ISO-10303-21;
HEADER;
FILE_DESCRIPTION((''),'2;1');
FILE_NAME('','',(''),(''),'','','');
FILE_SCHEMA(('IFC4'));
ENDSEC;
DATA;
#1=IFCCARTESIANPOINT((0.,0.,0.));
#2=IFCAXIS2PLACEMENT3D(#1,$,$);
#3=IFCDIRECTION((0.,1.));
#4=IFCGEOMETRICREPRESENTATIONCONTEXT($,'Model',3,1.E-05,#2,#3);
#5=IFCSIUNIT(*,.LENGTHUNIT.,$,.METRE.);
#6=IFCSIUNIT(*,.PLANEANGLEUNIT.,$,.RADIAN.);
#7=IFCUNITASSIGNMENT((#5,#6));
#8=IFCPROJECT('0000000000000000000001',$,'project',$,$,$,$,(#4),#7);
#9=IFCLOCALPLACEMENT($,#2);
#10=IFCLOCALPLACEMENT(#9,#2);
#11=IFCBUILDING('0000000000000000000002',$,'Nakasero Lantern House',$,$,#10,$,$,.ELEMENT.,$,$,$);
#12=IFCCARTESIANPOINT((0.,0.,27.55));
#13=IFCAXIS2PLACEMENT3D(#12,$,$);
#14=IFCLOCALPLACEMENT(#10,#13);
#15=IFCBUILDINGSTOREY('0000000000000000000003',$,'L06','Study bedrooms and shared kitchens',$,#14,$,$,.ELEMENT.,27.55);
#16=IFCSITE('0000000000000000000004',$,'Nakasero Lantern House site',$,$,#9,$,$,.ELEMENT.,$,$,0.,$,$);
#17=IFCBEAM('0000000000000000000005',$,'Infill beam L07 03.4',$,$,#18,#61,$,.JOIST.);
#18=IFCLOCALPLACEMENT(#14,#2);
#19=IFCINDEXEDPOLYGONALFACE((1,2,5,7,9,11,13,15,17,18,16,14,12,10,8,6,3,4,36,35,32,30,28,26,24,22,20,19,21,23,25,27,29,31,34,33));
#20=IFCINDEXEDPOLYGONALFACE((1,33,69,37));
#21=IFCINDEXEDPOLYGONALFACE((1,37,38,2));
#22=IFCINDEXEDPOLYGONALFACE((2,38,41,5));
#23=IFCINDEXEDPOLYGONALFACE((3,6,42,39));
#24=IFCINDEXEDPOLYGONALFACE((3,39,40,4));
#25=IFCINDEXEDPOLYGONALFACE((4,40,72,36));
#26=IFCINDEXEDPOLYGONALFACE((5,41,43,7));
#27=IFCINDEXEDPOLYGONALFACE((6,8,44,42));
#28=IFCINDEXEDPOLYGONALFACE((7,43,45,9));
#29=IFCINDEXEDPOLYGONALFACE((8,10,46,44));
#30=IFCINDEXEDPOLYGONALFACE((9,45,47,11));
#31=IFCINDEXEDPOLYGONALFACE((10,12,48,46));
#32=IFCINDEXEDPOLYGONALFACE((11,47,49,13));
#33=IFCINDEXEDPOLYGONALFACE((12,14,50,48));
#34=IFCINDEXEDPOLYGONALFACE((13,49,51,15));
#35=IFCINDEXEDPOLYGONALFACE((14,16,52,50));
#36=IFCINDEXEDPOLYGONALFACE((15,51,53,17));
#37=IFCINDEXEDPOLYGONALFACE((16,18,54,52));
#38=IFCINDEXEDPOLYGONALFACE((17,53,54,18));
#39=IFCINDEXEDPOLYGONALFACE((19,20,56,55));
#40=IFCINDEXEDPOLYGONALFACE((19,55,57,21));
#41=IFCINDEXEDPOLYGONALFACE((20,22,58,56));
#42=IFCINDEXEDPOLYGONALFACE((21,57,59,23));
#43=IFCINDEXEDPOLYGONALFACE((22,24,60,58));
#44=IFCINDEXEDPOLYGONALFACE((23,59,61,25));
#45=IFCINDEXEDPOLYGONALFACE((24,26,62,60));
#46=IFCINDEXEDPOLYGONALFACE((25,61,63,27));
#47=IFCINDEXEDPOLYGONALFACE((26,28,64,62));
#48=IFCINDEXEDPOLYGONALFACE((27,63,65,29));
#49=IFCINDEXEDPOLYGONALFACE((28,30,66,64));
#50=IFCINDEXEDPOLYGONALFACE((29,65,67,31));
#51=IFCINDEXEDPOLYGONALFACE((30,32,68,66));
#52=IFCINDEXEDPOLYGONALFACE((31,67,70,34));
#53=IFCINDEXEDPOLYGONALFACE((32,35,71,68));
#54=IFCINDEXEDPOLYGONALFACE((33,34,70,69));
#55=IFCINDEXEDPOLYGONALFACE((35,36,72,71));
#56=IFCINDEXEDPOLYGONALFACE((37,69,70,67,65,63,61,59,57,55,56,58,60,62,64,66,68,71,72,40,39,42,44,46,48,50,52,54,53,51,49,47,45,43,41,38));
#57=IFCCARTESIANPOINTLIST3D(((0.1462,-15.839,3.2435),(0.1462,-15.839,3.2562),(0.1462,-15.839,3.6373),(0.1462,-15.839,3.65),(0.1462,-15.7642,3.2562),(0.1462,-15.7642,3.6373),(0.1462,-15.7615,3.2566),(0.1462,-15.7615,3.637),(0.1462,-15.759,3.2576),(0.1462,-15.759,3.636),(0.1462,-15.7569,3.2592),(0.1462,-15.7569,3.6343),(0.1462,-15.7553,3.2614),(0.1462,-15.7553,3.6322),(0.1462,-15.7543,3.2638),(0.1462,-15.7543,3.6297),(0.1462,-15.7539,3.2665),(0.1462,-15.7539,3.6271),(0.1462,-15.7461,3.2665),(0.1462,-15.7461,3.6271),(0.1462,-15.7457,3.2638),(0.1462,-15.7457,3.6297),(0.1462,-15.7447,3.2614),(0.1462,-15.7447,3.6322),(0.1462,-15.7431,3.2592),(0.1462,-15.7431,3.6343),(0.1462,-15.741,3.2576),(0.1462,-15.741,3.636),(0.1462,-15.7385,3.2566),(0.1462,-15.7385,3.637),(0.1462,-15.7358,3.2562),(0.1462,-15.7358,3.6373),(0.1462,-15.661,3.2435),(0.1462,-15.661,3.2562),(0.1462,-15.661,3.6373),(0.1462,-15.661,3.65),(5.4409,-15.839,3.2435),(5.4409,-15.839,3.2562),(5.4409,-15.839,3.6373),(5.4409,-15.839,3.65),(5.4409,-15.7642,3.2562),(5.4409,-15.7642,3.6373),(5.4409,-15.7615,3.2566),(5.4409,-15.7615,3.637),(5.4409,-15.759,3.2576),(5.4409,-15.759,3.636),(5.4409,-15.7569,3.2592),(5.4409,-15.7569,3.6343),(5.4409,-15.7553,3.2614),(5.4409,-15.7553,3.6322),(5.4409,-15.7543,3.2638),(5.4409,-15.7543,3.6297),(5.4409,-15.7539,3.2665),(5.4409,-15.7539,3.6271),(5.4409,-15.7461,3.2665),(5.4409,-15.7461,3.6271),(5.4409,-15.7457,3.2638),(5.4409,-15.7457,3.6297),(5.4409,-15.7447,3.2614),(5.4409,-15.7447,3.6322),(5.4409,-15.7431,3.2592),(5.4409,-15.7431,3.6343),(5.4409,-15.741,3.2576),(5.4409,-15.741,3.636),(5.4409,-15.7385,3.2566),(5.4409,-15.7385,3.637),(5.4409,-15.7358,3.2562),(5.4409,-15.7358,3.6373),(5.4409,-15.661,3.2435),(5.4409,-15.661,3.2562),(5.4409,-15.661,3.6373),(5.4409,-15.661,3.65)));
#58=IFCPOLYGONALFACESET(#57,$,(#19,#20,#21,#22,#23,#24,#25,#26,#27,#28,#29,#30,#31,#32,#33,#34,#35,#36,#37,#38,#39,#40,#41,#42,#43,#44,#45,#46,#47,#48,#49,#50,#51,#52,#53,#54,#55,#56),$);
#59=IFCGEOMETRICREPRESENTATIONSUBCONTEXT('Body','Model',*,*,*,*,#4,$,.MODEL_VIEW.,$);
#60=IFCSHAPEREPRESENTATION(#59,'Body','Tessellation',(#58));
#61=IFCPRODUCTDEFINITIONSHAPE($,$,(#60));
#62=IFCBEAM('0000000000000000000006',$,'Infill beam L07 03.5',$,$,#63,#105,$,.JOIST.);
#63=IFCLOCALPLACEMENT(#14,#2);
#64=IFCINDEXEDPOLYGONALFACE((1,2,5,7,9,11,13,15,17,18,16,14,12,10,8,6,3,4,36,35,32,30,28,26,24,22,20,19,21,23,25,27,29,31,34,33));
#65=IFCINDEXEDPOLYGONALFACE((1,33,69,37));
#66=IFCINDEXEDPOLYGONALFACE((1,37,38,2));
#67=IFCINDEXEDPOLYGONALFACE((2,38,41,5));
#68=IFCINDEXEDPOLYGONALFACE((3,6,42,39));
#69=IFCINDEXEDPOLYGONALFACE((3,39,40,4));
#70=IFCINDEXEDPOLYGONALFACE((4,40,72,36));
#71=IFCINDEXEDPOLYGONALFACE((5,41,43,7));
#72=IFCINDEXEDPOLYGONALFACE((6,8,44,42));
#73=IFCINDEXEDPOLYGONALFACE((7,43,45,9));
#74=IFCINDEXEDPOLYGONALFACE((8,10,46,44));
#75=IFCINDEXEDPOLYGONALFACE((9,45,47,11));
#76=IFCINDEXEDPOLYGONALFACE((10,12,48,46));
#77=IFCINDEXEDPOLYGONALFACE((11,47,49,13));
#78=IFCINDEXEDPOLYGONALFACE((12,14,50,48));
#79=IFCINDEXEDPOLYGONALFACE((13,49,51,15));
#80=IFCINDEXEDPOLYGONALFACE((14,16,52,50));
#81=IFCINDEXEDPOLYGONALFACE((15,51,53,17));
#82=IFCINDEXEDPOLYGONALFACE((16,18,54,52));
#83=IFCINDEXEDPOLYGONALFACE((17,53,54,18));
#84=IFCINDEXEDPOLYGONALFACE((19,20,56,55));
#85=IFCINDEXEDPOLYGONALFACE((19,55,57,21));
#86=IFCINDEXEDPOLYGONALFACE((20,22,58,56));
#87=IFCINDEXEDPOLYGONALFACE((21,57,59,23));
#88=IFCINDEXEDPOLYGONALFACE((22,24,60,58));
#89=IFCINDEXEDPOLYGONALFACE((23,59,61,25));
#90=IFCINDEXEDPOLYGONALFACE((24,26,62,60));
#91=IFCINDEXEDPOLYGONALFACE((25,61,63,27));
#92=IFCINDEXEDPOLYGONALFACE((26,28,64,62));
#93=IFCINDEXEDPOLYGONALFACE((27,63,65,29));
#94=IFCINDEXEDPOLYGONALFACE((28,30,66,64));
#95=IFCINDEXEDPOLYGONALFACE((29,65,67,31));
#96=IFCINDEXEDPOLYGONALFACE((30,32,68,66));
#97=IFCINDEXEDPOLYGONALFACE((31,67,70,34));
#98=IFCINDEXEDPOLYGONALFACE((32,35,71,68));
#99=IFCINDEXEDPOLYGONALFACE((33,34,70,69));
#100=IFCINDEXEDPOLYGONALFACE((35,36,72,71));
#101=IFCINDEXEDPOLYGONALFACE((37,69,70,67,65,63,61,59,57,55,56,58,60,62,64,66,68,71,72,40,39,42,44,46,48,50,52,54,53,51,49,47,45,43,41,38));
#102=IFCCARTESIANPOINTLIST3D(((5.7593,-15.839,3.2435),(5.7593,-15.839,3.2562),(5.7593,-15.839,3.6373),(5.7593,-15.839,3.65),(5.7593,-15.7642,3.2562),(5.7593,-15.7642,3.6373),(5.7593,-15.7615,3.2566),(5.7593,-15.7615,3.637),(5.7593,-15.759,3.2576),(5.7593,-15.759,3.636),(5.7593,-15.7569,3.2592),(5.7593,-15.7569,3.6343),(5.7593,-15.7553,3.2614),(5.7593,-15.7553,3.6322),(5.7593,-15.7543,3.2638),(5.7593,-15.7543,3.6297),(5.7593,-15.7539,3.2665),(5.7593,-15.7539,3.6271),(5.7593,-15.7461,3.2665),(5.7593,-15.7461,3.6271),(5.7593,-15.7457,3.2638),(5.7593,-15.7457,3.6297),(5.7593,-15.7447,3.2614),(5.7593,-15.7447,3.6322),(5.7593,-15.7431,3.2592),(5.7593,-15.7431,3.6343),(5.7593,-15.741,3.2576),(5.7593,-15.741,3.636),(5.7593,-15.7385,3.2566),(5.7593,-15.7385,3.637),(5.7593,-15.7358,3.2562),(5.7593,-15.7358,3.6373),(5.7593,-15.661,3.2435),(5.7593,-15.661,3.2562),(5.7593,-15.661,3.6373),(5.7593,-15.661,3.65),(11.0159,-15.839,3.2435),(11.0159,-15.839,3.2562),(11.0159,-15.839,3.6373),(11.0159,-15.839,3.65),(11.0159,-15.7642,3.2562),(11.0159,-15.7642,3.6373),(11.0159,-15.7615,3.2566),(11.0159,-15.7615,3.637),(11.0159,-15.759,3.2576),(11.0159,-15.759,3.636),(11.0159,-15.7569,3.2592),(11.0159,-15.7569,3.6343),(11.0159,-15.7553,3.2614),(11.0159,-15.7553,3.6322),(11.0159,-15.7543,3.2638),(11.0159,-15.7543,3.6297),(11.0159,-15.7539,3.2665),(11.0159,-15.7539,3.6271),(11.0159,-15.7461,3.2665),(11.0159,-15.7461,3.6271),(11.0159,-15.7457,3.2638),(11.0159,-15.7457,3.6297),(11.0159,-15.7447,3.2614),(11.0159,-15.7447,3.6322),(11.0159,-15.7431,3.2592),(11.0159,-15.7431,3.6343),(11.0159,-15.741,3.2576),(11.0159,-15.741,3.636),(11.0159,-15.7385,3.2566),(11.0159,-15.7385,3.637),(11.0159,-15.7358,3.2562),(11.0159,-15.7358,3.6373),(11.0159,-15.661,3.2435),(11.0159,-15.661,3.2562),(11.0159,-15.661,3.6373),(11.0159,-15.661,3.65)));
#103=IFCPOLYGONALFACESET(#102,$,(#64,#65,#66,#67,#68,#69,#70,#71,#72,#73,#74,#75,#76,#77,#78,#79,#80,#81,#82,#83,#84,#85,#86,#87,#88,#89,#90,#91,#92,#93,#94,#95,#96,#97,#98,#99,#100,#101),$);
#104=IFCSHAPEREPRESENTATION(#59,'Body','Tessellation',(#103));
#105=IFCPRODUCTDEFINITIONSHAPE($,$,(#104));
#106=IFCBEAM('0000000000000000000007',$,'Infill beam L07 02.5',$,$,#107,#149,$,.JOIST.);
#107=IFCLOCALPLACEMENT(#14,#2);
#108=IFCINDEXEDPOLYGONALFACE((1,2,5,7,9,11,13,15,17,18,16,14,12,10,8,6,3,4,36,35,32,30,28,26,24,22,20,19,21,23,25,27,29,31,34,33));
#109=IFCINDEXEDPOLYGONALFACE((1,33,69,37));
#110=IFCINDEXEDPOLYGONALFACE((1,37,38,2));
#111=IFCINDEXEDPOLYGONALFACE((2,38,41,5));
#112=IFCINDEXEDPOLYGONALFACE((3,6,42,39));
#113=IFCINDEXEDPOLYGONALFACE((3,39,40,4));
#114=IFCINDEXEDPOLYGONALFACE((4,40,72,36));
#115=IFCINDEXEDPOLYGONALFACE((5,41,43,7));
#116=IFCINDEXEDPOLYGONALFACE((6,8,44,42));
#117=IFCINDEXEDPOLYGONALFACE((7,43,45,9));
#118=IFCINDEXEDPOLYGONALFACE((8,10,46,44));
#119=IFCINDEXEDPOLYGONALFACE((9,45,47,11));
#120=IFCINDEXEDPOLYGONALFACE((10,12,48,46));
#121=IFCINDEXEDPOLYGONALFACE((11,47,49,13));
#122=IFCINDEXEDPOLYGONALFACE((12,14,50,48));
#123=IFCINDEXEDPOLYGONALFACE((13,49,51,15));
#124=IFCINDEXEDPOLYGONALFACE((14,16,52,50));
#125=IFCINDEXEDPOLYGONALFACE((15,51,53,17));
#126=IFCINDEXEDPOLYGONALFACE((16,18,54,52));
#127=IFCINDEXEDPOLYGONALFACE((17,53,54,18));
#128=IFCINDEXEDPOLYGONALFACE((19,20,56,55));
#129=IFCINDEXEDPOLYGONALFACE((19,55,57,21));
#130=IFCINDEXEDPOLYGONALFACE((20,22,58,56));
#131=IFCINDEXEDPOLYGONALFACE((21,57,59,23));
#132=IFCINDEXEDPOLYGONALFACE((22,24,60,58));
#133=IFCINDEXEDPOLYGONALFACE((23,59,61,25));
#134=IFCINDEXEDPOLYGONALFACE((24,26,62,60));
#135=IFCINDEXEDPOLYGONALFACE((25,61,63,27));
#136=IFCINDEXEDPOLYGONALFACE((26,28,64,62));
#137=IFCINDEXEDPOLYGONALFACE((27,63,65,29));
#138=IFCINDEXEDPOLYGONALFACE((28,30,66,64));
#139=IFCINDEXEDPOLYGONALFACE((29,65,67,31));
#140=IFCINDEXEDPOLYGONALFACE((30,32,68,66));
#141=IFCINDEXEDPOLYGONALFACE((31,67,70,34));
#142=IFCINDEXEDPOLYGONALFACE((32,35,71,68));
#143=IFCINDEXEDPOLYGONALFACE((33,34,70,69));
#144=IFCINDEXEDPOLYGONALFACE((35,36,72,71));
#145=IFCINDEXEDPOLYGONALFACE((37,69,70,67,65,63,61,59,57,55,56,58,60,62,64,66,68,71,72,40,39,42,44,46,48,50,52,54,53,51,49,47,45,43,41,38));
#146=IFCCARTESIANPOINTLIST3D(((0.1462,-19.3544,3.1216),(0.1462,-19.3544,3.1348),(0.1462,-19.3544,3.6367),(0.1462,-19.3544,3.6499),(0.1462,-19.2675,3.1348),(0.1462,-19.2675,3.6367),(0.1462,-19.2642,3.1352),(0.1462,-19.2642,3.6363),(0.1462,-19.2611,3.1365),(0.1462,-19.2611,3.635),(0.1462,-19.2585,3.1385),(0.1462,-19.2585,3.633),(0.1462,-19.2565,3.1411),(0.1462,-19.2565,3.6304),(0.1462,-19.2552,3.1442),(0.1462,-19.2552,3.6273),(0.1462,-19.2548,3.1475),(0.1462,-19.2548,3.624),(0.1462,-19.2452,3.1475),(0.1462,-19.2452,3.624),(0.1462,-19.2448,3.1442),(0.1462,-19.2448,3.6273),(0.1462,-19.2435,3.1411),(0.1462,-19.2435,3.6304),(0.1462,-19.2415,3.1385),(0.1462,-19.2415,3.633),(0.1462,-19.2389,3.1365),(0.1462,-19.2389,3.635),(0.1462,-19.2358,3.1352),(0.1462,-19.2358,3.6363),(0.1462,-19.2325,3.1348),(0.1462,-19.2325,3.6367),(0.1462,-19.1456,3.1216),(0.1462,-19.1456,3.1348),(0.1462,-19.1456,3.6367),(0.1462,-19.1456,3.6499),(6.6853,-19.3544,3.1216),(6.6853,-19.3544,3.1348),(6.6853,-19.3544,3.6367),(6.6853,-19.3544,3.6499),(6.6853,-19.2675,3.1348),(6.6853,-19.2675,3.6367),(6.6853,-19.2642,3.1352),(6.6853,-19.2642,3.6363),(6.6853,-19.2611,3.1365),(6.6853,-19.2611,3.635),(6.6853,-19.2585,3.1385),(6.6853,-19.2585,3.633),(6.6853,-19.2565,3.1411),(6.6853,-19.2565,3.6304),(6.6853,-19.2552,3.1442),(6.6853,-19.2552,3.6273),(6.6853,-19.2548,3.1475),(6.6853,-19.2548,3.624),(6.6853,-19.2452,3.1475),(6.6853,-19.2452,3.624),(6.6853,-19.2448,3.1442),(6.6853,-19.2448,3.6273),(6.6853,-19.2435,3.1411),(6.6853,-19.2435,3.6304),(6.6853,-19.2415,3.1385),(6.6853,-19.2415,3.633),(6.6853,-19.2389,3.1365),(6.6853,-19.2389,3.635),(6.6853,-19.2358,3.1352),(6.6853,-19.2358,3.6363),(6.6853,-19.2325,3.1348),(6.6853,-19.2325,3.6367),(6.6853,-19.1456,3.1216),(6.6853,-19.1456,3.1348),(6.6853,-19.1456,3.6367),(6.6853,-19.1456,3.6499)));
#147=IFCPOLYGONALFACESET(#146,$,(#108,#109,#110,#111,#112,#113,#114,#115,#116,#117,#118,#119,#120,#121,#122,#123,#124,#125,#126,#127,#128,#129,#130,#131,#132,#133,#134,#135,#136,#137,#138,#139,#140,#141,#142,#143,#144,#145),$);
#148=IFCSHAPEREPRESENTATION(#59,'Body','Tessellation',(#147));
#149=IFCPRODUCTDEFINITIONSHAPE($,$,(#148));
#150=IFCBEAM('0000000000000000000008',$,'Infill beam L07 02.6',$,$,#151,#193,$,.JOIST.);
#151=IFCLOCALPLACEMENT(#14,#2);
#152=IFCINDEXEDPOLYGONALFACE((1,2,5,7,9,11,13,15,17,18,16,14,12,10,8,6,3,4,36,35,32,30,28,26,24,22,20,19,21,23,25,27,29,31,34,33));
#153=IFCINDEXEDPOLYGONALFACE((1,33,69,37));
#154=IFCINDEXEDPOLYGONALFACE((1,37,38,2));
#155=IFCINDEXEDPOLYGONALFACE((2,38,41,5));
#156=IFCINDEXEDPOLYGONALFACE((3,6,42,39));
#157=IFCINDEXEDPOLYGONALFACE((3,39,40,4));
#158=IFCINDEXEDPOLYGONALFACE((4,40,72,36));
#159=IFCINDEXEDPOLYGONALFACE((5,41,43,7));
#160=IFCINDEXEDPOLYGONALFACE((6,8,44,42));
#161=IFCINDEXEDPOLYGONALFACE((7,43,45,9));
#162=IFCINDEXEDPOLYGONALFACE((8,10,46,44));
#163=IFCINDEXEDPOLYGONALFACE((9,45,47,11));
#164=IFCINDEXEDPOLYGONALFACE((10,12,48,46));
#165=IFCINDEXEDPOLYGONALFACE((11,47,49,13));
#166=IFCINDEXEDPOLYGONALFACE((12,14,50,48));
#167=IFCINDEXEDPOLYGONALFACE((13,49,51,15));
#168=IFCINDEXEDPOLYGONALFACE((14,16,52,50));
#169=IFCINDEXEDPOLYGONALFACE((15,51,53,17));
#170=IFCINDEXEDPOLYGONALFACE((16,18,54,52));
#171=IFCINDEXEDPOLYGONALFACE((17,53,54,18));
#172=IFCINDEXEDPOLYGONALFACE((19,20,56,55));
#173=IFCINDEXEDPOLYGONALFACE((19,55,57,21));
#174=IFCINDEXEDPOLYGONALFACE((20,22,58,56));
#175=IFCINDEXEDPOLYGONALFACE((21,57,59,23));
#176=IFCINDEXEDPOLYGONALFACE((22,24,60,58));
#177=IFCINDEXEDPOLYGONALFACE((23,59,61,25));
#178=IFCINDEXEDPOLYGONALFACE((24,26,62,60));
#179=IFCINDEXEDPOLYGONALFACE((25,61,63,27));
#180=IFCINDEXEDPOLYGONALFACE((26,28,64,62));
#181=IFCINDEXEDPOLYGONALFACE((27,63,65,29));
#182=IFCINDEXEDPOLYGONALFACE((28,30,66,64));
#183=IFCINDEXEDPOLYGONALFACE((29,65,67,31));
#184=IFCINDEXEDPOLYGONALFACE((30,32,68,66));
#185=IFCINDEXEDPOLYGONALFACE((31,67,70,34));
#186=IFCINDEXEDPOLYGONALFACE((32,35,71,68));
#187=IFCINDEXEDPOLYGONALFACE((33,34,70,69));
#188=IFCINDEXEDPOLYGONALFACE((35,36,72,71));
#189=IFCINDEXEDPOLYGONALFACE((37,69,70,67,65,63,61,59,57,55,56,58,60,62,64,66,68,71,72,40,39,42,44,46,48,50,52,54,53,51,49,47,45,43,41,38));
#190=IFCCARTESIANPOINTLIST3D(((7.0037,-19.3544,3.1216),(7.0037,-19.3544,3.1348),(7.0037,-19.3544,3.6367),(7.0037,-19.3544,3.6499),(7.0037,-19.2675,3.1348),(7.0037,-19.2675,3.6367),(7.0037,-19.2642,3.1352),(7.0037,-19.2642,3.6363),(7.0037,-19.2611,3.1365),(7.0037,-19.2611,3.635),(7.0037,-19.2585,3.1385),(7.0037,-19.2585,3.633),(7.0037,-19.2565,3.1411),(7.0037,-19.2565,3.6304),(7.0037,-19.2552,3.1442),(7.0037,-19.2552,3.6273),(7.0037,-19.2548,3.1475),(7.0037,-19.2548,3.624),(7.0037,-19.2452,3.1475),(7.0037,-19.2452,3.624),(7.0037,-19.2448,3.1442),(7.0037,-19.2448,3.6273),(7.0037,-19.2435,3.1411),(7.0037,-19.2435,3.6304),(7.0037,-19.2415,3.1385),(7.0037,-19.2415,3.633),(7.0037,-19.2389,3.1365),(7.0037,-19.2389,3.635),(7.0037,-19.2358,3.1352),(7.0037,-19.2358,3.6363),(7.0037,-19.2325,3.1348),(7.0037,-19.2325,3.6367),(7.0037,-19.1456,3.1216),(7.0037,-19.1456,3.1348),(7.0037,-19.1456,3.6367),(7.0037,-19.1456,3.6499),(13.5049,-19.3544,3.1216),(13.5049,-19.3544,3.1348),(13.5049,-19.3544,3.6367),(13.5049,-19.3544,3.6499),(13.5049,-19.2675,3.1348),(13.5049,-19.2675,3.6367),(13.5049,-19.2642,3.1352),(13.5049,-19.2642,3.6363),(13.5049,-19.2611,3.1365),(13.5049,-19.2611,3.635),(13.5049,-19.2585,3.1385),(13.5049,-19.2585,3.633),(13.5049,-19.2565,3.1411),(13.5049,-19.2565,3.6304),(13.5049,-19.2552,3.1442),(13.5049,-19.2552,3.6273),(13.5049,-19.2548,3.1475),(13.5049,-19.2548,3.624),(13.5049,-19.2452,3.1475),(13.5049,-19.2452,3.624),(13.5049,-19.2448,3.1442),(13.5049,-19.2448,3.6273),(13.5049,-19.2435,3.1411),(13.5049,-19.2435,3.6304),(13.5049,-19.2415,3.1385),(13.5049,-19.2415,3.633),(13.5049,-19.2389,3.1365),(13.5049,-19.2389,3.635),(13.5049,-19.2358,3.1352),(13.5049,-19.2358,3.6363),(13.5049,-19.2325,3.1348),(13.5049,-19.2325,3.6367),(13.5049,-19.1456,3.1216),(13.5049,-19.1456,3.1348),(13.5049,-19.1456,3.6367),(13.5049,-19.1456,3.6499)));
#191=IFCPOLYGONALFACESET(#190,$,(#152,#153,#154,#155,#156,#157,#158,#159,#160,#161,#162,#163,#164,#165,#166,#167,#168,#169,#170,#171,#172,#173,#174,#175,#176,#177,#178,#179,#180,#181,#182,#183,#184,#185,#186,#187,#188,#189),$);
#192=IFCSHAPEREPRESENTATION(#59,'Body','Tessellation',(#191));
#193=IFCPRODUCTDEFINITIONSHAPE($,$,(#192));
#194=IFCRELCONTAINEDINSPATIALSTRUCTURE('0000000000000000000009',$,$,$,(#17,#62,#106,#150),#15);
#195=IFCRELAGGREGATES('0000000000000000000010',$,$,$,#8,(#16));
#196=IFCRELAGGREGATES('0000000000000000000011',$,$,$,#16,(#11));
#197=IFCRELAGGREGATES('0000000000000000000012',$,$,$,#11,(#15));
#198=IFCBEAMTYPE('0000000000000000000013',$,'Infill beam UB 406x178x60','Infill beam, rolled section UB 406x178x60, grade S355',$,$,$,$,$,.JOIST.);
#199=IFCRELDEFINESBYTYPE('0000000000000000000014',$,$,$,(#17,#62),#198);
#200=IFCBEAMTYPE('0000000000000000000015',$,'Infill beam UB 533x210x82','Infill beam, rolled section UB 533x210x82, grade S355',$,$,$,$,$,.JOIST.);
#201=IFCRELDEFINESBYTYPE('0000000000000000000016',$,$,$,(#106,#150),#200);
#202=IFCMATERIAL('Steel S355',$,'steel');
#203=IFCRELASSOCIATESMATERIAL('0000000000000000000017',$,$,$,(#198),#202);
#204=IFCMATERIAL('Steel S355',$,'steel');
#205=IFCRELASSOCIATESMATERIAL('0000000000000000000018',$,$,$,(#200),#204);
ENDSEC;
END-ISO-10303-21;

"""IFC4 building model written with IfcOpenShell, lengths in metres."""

from ifc_helpers import new_model, si_unit, direction, frame, origin, origin_2d, place, context, subcontext, project, spatial, i_section, extrude, material, material_profile, profile_set, type_object, element, save


model = new_model("IFC4")

# Units and contexts
model_context = context("Model", 3, precision=1e-05, world=origin(), true_north=direction((0.0, 1.0)))
body_context = subcontext(model_context, "Body", "Model", "MODEL_VIEW")
ifc_project = project(units=[si_unit("LENGTHUNIT", "METRE"), si_unit("PLANEANGLEUNIT", "RADIAN")], contexts=[model_context])

# Site, building, storey
site_placement = place(None, origin())
site = spatial("IfcSite", under=ifc_project, at=site_placement, Name="Nakasero Lantern House site", CompositionType="ELEMENT", RefElevation=0.0)
building_placement = place(site_placement, origin())
building = spatial("IfcBuilding", under=site, at=building_placement, Name="Nakasero Lantern House", CompositionType="ELEMENT")
storey_placement = place(building_placement, frame((0.0, 0.0, 27.55)))
storey = spatial("IfcBuildingStorey", under=building, at=storey_placement, Name="L06", Description="Study bedrooms and shared kitchens", CompositionType="ELEMENT", Elevation=27.55)

# Beams
ifc_material_1 = material(Name="Steel S355", Category="steel")
ifc_material_profile_1 = material_profile(ifc_material_1, i_section(OverallWidth=0.178, OverallDepth=0.4065, WebThickness=0.0078, FlangeThickness=0.0127, FilletRadius=0.0103, at=origin_2d()), Name="UB 406x178x60")
ifc_profile_set_1 = profile_set([ifc_material_profile_1], Name="Steel S355")
beam_type_1 = type_object("IfcBeamType", Name="Infill beam UB 406x178x60", Description="Infill beam, rolled section UB 406x178x60, grade S355", PredefinedType="JOIST", material=ifc_profile_set_1)
beam_1_placement = place(storey_placement, frame((0.1462, -15.75, 3.4468), z_axis=(1.0, 0.0, 0.0), x_axis=(0.0, 1.0, 0.0)))
element("IfcBeam", 1, at=beam_1_placement, inside=storey, type_object=beam_type_1, Name="Infill beam L07 03.4", PredefinedType="JOIST", context=body_context, shape_type="SweptSolid", body=[
    extrude(i_section(OverallWidth=0.178, OverallDepth=0.4065, WebThickness=0.0078, FlangeThickness=0.0127, FilletRadius=0.0103, at=origin_2d()), origin(), (0.0, 0.0, 1.0), 5.2947),
])
beam_2_placement = place(storey_placement, frame((5.7593, -15.75, 3.4468), z_axis=(1.0, 0.0, 0.0), x_axis=(0.0, 1.0, 0.0)))
element("IfcBeam", 2, at=beam_2_placement, inside=storey, type_object=beam_type_1, Name="Infill beam L07 03.5", PredefinedType="JOIST", context=body_context, shape_type="SweptSolid", body=[
    extrude(i_section(OverallWidth=0.178, OverallDepth=0.4065, WebThickness=0.0078, FlangeThickness=0.0127, FilletRadius=0.0103, at=origin_2d()), origin(), (0.0, 0.0, 1.0), 5.2566),
])
ifc_material_2 = material(Name="Steel S355", Category="steel")
ifc_material_profile_2 = material_profile(ifc_material_2, i_section(OverallWidth=0.2087, OverallDepth=0.5283, WebThickness=0.0095, FlangeThickness=0.0132, FilletRadius=0.0127, at=origin_2d()), Name="UB 533x210x82")
ifc_profile_set_2 = profile_set([ifc_material_profile_2], Name="Steel S355")
beam_type_2 = type_object("IfcBeamType", Name="Infill beam UB 533x210x82", Description="Infill beam, rolled section UB 533x210x82, grade S355", PredefinedType="JOIST", material=ifc_profile_set_2)
beam_3_placement = place(storey_placement, frame((0.1462, -19.25, 3.3857), z_axis=(1.0, 0.0, 0.0), x_axis=(0.0, 1.0, 0.0)))
element("IfcBeam", 3, at=beam_3_placement, inside=storey, type_object=beam_type_2, Name="Infill beam L07 02.5", PredefinedType="JOIST", context=body_context, shape_type="SweptSolid", body=[
    extrude(i_section(OverallWidth=0.2087, OverallDepth=0.5283, WebThickness=0.0095, FlangeThickness=0.0132, FilletRadius=0.0127, at=origin_2d()), origin(), (0.0, 0.0, 1.0), 6.5391),
])
beam_4_placement = place(storey_placement, frame((7.0037, -19.25, 3.3857), z_axis=(1.0, 0.0, 0.0), x_axis=(0.0, 1.0, 0.0)))
element("IfcBeam", 4, at=beam_4_placement, inside=storey, type_object=beam_type_2, Name="Infill beam L07 02.6", PredefinedType="JOIST", context=body_context, shape_type="SweptSolid", body=[
    extrude(i_section(OverallWidth=0.2087, OverallDepth=0.5283, WebThickness=0.0095, FlangeThickness=0.0132, FilletRadius=0.0127, at=origin_2d()), origin(), (0.0, 0.0, 1.0), 6.5012),
])

save(model, "model.ifc")
